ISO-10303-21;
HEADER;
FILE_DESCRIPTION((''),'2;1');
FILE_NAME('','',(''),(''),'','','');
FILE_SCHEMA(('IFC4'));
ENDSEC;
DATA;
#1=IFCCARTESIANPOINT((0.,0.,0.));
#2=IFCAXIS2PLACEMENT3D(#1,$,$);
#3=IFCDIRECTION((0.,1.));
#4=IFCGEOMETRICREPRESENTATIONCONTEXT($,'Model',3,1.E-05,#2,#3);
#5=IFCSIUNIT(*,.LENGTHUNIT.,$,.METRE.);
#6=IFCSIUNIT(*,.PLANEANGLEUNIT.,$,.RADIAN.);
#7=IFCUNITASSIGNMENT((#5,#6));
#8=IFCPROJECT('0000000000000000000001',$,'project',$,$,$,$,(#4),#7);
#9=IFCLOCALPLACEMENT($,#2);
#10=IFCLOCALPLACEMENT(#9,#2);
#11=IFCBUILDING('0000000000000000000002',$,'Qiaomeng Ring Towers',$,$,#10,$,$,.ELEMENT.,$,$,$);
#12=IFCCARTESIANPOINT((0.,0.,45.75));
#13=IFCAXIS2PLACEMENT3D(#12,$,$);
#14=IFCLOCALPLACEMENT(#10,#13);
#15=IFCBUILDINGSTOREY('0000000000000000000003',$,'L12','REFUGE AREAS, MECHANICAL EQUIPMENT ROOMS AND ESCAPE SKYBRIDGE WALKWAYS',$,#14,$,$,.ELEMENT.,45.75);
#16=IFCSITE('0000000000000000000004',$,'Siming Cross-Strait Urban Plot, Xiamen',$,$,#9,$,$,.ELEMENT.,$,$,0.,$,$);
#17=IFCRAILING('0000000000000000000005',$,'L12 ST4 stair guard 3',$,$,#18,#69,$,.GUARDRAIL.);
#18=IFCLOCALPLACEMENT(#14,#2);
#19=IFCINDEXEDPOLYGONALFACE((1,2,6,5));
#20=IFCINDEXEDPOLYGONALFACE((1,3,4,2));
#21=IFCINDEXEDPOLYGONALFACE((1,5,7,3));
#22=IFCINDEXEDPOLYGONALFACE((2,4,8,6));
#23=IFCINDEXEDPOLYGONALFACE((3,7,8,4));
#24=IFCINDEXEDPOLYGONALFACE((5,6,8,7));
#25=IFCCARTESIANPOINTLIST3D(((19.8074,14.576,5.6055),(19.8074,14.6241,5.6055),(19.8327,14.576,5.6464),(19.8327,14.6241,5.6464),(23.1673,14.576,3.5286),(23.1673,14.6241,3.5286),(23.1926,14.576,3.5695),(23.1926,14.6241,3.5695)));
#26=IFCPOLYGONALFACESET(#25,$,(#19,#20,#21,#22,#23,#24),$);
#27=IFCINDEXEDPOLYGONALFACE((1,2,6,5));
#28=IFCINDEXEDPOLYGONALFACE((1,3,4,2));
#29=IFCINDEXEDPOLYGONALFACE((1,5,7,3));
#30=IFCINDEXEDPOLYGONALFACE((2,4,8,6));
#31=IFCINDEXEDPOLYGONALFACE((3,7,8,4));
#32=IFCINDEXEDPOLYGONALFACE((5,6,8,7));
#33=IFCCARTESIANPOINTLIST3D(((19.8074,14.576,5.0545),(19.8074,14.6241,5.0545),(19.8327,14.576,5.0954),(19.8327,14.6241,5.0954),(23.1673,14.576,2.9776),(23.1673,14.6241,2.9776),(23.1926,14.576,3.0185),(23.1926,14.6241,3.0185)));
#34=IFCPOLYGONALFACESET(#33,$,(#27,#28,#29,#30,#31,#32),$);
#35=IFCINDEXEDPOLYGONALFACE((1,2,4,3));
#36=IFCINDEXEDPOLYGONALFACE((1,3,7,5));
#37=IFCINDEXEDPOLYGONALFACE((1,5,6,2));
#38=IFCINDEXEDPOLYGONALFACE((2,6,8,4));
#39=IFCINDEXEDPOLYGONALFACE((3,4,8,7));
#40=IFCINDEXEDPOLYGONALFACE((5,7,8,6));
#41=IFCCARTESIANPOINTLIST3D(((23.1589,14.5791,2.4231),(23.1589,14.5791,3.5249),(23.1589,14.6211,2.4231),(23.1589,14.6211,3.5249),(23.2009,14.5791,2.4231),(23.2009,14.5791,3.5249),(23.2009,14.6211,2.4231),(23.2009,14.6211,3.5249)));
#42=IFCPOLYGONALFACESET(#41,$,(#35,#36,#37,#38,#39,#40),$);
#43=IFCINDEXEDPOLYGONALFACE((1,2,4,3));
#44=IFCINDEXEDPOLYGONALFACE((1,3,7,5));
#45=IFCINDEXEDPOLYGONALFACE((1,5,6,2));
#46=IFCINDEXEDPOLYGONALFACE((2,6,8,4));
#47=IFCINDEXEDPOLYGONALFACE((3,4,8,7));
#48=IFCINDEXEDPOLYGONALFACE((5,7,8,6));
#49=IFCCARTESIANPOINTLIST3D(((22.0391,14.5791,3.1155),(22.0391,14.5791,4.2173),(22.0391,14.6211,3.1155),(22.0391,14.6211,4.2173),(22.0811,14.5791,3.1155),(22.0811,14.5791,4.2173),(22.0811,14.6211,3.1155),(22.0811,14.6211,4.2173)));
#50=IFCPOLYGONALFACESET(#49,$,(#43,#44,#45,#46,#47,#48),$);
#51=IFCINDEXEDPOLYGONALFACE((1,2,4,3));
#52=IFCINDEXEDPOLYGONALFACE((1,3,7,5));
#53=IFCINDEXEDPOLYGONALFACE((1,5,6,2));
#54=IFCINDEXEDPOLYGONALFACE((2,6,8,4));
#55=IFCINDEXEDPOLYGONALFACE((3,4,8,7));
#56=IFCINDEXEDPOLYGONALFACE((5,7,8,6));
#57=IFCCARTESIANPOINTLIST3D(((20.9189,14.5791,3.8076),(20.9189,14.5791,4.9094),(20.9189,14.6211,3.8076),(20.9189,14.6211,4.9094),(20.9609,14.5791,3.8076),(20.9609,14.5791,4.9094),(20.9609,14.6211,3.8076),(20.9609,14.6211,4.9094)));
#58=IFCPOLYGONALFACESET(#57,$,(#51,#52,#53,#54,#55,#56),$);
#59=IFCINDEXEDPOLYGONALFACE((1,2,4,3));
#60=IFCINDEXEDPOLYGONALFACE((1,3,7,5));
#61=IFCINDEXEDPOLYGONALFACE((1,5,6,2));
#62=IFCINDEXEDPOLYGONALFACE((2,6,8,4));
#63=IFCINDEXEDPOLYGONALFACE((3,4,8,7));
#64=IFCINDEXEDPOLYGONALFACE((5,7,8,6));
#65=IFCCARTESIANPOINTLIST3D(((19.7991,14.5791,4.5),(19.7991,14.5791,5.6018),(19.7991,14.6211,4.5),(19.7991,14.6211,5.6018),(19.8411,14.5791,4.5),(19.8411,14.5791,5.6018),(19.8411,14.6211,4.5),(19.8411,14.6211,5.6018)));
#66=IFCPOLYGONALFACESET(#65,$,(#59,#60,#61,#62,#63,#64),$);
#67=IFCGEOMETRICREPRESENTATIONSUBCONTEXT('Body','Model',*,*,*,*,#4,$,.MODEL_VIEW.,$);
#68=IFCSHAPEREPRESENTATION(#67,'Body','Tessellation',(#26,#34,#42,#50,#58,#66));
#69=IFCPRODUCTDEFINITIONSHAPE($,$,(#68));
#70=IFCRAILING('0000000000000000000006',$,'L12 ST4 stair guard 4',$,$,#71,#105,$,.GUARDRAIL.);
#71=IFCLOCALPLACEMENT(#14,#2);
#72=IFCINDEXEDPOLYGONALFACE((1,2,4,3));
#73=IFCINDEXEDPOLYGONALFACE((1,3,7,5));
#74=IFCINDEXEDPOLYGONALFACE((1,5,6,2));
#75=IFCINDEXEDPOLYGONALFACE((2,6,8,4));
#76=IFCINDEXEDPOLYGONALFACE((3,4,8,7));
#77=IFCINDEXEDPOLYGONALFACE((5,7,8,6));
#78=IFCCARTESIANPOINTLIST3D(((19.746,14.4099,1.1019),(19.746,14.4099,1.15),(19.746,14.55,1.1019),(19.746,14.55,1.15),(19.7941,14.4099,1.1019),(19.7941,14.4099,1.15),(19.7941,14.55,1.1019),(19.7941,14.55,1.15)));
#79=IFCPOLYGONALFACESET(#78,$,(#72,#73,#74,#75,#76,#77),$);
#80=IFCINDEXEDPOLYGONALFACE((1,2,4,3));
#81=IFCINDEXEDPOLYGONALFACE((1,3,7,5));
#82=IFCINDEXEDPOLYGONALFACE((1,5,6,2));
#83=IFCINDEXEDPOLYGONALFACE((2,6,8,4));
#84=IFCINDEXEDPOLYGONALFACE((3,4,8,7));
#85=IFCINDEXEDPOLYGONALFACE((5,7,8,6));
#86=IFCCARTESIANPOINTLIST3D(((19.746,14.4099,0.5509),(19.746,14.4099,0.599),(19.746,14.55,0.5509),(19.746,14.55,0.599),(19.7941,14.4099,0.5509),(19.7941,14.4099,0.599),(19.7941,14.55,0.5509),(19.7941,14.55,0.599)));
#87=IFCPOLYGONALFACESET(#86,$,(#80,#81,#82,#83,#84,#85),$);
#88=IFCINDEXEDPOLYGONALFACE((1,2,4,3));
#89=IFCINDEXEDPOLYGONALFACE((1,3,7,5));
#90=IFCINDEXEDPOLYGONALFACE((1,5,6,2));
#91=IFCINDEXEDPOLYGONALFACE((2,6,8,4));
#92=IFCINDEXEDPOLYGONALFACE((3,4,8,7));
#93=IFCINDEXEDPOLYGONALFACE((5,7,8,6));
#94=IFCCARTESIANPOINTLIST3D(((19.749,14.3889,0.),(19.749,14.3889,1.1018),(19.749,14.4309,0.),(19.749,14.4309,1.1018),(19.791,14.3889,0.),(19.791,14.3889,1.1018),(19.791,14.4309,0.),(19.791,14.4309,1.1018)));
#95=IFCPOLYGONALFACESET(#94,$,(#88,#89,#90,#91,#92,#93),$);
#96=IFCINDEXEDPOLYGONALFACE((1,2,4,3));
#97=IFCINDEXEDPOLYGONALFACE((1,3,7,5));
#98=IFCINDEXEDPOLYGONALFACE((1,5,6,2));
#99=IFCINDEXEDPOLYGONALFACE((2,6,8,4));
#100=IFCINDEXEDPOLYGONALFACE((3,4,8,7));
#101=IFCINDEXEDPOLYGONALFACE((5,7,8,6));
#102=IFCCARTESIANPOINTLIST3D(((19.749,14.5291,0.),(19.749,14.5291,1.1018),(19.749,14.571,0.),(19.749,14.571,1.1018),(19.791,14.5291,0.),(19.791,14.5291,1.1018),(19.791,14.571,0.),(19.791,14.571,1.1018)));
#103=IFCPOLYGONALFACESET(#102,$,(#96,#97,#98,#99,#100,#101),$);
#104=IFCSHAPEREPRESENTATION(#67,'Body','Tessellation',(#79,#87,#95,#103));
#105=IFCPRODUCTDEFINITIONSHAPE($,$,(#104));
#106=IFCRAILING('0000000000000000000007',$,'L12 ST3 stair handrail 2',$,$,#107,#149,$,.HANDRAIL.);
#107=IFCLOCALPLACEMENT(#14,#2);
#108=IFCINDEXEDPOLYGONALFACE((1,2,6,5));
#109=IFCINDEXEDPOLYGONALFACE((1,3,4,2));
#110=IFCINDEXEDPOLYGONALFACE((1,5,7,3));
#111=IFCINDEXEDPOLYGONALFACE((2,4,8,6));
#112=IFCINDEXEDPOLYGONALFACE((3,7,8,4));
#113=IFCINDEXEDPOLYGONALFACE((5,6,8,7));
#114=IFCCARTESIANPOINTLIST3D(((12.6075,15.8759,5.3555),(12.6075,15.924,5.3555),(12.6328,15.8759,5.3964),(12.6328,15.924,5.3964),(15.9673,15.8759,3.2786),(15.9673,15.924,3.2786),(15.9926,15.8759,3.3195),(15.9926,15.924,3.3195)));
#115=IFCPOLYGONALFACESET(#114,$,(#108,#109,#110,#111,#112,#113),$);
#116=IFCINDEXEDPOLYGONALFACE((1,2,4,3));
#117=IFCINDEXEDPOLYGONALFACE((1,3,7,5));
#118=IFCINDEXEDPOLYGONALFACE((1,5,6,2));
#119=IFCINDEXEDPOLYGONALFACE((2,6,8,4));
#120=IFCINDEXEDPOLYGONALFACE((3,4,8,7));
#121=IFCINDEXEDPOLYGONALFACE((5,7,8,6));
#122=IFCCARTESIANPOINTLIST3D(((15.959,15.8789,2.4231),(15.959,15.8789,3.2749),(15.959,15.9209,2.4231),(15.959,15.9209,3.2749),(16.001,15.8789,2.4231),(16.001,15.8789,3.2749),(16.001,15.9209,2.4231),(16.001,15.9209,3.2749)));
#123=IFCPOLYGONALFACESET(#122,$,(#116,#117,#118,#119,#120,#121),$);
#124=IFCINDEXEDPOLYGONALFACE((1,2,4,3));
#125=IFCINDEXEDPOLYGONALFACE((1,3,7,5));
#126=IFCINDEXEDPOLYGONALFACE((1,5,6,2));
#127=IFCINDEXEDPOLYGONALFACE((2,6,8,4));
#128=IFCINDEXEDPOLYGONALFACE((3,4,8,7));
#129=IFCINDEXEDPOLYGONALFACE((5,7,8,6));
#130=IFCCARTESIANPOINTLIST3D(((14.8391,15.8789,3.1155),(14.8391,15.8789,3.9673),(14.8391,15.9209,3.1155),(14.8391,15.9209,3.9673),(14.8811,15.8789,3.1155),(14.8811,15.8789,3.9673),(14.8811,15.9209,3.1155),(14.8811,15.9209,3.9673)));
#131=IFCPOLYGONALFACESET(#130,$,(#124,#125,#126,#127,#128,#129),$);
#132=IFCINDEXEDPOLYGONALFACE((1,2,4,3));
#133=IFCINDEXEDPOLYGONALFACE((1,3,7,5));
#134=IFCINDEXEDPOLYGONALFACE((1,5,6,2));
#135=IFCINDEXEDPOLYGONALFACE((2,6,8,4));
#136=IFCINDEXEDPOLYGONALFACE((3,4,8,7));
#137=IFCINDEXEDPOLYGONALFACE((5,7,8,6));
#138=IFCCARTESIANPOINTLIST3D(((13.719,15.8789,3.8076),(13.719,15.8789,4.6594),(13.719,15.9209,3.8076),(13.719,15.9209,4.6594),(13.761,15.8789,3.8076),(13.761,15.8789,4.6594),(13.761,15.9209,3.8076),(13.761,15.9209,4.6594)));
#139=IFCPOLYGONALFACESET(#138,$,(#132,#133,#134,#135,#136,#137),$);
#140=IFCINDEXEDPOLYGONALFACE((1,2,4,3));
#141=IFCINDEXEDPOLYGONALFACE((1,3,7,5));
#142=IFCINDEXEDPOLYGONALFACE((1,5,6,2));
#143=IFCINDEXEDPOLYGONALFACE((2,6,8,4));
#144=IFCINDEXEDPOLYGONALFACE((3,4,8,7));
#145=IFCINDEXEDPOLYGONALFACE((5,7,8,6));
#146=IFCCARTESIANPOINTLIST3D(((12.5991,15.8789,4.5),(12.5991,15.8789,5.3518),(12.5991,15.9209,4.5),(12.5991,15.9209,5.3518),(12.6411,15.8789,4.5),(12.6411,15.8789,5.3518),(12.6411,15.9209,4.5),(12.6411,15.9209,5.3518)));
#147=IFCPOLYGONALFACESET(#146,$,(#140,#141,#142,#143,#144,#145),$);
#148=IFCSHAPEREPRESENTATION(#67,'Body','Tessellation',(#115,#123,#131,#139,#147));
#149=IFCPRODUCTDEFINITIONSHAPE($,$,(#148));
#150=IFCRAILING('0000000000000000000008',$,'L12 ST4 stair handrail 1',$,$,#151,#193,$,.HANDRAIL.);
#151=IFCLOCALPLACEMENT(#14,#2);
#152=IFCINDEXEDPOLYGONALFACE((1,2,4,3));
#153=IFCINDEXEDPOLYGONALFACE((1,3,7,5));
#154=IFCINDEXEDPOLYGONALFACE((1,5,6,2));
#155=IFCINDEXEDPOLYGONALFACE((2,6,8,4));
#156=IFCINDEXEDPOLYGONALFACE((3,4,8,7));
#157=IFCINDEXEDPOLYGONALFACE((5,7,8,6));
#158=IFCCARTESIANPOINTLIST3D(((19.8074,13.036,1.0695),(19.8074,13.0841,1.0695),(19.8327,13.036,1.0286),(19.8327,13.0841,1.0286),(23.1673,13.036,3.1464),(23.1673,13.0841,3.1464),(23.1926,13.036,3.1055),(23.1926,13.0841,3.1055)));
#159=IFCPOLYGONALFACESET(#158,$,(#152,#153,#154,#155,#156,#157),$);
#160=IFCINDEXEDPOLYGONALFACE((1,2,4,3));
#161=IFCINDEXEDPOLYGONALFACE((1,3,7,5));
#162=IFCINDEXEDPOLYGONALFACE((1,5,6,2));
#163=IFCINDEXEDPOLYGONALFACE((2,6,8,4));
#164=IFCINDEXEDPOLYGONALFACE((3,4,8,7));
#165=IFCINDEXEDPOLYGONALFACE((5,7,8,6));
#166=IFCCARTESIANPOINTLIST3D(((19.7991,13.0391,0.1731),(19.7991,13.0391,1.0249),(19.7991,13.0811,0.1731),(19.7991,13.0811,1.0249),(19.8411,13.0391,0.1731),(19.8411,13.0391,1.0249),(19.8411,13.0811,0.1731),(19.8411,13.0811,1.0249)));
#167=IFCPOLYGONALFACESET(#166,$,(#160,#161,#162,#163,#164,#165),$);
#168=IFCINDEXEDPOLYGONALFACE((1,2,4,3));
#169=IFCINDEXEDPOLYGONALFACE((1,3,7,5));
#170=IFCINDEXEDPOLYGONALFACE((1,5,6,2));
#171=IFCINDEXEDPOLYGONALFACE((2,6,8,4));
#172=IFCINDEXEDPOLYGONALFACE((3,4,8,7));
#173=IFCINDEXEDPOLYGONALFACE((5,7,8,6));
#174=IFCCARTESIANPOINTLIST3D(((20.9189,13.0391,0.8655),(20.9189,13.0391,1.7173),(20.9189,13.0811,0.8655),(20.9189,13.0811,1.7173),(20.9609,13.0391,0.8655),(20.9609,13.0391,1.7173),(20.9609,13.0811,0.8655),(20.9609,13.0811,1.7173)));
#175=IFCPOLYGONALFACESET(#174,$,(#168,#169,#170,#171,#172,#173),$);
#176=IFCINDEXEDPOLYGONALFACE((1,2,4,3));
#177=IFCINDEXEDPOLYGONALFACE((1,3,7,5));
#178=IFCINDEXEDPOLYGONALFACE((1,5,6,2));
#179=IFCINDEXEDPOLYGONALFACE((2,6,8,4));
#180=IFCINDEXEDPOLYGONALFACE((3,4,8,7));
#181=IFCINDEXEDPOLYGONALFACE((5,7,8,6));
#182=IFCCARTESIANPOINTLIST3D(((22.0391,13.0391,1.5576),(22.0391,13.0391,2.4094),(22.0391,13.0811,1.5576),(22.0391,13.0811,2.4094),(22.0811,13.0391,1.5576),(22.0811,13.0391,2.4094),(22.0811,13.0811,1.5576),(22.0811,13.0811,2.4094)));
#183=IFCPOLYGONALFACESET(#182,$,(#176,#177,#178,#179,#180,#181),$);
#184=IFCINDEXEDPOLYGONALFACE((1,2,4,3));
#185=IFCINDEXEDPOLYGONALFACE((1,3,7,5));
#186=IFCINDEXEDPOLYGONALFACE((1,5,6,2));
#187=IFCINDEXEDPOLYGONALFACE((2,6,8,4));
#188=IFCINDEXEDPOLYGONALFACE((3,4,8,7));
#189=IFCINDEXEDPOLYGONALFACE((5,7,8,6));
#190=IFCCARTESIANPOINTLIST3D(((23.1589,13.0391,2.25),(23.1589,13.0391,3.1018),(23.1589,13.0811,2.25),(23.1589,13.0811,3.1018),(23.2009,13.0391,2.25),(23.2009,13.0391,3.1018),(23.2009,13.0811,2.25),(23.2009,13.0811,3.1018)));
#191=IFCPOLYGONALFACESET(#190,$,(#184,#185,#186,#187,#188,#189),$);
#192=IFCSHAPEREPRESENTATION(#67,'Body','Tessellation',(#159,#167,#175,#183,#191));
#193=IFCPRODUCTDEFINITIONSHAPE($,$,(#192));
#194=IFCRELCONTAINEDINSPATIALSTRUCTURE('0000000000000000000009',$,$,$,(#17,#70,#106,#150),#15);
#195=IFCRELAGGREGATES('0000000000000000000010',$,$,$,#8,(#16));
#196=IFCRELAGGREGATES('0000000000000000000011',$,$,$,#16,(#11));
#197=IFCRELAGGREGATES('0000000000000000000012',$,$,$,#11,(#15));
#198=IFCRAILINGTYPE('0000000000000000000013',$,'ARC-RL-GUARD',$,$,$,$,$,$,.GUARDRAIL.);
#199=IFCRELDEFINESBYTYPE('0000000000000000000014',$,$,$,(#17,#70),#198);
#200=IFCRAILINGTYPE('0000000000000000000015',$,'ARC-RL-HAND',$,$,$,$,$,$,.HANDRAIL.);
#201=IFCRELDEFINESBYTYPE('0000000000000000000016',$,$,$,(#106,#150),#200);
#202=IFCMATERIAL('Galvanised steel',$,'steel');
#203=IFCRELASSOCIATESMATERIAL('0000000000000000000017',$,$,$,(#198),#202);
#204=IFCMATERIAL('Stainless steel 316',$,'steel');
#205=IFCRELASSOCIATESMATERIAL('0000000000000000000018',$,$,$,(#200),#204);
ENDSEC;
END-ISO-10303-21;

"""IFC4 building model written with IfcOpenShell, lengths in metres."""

from ifc_helpers import new_model, si_unit, direction, frame, origin, origin_2d, place, context, subcontext, project, spatial, rectangle, extrude, material, type_object, element, save


model = new_model("IFC4")

# Units and contexts
model_context = context("Model", 3, precision=1e-05, world=origin(), true_north=direction((0.0, 1.0)))
body_context = subcontext(model_context, "Body", "Model", "MODEL_VIEW")
ifc_project = project(units=[si_unit("LENGTHUNIT", "METRE"), si_unit("PLANEANGLEUNIT", "RADIAN")], contexts=[model_context])

# Site, building, storey
site_placement = place(None, origin())
site = spatial("IfcSite", under=ifc_project, at=site_placement, Name="Siming Cross-Strait Urban Plot, Xiamen", CompositionType="ELEMENT", RefElevation=0.0)
building_placement = place(site_placement, origin())
building = spatial("IfcBuilding", under=site, at=building_placement, Name="Qiaomeng Ring Towers", CompositionType="ELEMENT")
storey_placement = place(building_placement, frame((0.0, 0.0, 45.75)))
storey = spatial("IfcBuildingStorey", under=building, at=storey_placement, Name="L12", Description="REFUGE AREAS, MECHANICAL EQUIPMENT ROOMS AND ESCAPE SKYBRIDGE WALKWAYS", CompositionType="ELEMENT", Elevation=45.75)

# Shared definitions
ifc_material_1 = material(Name="Stainless steel 316", Category="steel")

# Shared definitions
ifc_material_2 = material(Name="Galvanised steel", Category="steel")

# Railings
railing_type_1 = type_object("IfcRailingType", Name="ARC-RL-GUARD", PredefinedType="GUARDRAIL", material=ifc_material_2)
railing_1_placement = place(storey_placement, frame((23.1799, 14.6001, 2.4231)))
element("IfcRailing", 1, at=railing_1_placement, inside=storey, type_object=railing_type_1, Name="L12 ST4 stair guard 3", PredefinedType="GUARDRAIL", context=body_context, shape_type="SweptSolid", body=[
    extrude(rectangle(XDim=0.0481, YDim=0.0481, at=origin_2d()), frame((0.0, 0.0, 1.126), z_axis=(-0.850606, 0.0, 0.525803), x_axis=(0.0, -1.0, 0.0)), (0.0, 0.0, 1.0), 3.95),
    extrude(rectangle(XDim=0.0481, YDim=0.0481, at=origin_2d()), frame((0.0, 0.0, 0.575), z_axis=(-0.850606, 0.0, 0.525803), x_axis=(0.0, -1.0, 0.0)), (0.0, 0.0, 1.0), 3.95),
    extrude(rectangle(XDim=0.042, YDim=0.042, at=origin_2d()), origin(), (0.0, 0.0, 1.0), 1.1018),
    extrude(rectangle(XDim=0.042, YDim=0.042, at=origin_2d()), frame((-1.1199, 0.0, 0.6924)), (0.0, 0.0, 1.0), 1.1018),
    extrude(rectangle(XDim=0.042, YDim=0.042, at=origin_2d()), frame((-2.24, 0.0, 1.3845)), (0.0, 0.0, 1.0), 1.1018),
    extrude(rectangle(XDim=0.042, YDim=0.042, at=origin_2d()), frame((-3.3599, 0.0, 2.0769)), (0.0, 0.0, 1.0), 1.1018),
])
railing_2_placement = place(storey_placement, frame((19.77, 14.4099, 0.0)))
element("IfcRailing", 2, at=railing_2_placement, inside=storey, type_object=railing_type_1, Name="L12 ST4 stair guard 4", PredefinedType="GUARDRAIL", context=body_context, shape_type="SweptSolid", body=[
    extrude(rectangle(XDim=0.0481, YDim=0.0481, at=origin_2d()), frame((0.0, 0.0, 1.126), z_axis=(0.0, 1.0, 0.0), x_axis=(-1.0, 0.0, 0.0)), (0.0, 0.0, 1.0), 0.1401),
    extrude(rectangle(XDim=0.0481, YDim=0.0481, at=origin_2d()), frame((0.0, 0.0, 0.575), z_axis=(0.0, 1.0, 0.0), x_axis=(-1.0, 0.0, 0.0)), (0.0, 0.0, 1.0), 0.1401),
    extrude(rectangle(XDim=0.042, YDim=0.042, at=origin_2d()), origin(), (0.0, 0.0, 1.0), 1.1018),
    extrude(rectangle(XDim=0.042, YDim=0.042, at=origin_2d()), frame((0.0, 0.1401, 0.0)), (0.0, 0.0, 1.0), 1.1018),
])
railing_type_2 = type_object("IfcRailingType", Name="ARC-RL-HAND", PredefinedType="HANDRAIL", material=ifc_material_1)
railing_3_placement = place(storey_placement, frame((15.98, 15.8999, 2.4231)))
element("IfcRailing", 3, at=railing_3_placement, inside=storey, type_object=railing_type_2, Name="L12 ST3 stair handrail 2", PredefinedType="HANDRAIL", context=body_context, shape_type="SweptSolid", body=[
    extrude(rectangle(XDim=0.0481, YDim=0.0481, at=origin_2d()), frame((0.0, 0.0, 0.876), z_axis=(-0.850606, 0.0, 0.525803), x_axis=(0.0, -1.0, 0.0)), (0.0, 0.0, 1.0), 3.95),
    extrude(rectangle(XDim=0.042, YDim=0.042, at=origin_2d()), origin(), (0.0, 0.0, 1.0), 0.8518),
    extrude(rectangle(XDim=0.042, YDim=0.042, at=origin_2d()), frame((-1.1199, 0.0, 0.6924)), (0.0, 0.0, 1.0), 0.8518),
    extrude(rectangle(XDim=0.042, YDim=0.042, at=origin_2d()), frame((-2.24, 0.0, 1.3845)), (0.0, 0.0, 1.0), 0.8518),
    extrude(rectangle(XDim=0.042, YDim=0.042, at=origin_2d()), frame((-3.3599, 0.0, 2.0769)), (0.0, 0.0, 1.0), 0.8518),
])
railing_4_placement = place(storey_placement, frame((19.8201, 13.0601, 0.1731)))
element("IfcRailing", 4, at=railing_4_placement, inside=storey, type_object=railing_type_2, Name="L12 ST4 stair handrail 1", PredefinedType="HANDRAIL", context=body_context, shape_type="SweptSolid", body=[
    extrude(rectangle(XDim=0.0481, YDim=0.0481, at=origin_2d()), frame((0.0, 0.0, 0.876), z_axis=(0.850606, 0.0, 0.525803), x_axis=(0.0, 1.0, 0.0)), (0.0, 0.0, 1.0), 3.95),
    extrude(rectangle(XDim=0.042, YDim=0.042, at=origin_2d()), origin(), (0.0, 0.0, 1.0), 0.8518),
    extrude(rectangle(XDim=0.042, YDim=0.042, at=origin_2d()), frame((1.1199, 0.0, 0.6924)), (0.0, 0.0, 1.0), 0.8518),
    extrude(rectangle(XDim=0.042, YDim=0.042, at=origin_2d()), frame((2.24, 0.0, 1.3845)), (0.0, 0.0, 1.0), 0.8518),
    extrude(rectangle(XDim=0.042, YDim=0.042, at=origin_2d()), frame((3.3599, 0.0, 2.0769)), (0.0, 0.0, 1.0), 0.8518),
])

save(model, "model.ifc")
